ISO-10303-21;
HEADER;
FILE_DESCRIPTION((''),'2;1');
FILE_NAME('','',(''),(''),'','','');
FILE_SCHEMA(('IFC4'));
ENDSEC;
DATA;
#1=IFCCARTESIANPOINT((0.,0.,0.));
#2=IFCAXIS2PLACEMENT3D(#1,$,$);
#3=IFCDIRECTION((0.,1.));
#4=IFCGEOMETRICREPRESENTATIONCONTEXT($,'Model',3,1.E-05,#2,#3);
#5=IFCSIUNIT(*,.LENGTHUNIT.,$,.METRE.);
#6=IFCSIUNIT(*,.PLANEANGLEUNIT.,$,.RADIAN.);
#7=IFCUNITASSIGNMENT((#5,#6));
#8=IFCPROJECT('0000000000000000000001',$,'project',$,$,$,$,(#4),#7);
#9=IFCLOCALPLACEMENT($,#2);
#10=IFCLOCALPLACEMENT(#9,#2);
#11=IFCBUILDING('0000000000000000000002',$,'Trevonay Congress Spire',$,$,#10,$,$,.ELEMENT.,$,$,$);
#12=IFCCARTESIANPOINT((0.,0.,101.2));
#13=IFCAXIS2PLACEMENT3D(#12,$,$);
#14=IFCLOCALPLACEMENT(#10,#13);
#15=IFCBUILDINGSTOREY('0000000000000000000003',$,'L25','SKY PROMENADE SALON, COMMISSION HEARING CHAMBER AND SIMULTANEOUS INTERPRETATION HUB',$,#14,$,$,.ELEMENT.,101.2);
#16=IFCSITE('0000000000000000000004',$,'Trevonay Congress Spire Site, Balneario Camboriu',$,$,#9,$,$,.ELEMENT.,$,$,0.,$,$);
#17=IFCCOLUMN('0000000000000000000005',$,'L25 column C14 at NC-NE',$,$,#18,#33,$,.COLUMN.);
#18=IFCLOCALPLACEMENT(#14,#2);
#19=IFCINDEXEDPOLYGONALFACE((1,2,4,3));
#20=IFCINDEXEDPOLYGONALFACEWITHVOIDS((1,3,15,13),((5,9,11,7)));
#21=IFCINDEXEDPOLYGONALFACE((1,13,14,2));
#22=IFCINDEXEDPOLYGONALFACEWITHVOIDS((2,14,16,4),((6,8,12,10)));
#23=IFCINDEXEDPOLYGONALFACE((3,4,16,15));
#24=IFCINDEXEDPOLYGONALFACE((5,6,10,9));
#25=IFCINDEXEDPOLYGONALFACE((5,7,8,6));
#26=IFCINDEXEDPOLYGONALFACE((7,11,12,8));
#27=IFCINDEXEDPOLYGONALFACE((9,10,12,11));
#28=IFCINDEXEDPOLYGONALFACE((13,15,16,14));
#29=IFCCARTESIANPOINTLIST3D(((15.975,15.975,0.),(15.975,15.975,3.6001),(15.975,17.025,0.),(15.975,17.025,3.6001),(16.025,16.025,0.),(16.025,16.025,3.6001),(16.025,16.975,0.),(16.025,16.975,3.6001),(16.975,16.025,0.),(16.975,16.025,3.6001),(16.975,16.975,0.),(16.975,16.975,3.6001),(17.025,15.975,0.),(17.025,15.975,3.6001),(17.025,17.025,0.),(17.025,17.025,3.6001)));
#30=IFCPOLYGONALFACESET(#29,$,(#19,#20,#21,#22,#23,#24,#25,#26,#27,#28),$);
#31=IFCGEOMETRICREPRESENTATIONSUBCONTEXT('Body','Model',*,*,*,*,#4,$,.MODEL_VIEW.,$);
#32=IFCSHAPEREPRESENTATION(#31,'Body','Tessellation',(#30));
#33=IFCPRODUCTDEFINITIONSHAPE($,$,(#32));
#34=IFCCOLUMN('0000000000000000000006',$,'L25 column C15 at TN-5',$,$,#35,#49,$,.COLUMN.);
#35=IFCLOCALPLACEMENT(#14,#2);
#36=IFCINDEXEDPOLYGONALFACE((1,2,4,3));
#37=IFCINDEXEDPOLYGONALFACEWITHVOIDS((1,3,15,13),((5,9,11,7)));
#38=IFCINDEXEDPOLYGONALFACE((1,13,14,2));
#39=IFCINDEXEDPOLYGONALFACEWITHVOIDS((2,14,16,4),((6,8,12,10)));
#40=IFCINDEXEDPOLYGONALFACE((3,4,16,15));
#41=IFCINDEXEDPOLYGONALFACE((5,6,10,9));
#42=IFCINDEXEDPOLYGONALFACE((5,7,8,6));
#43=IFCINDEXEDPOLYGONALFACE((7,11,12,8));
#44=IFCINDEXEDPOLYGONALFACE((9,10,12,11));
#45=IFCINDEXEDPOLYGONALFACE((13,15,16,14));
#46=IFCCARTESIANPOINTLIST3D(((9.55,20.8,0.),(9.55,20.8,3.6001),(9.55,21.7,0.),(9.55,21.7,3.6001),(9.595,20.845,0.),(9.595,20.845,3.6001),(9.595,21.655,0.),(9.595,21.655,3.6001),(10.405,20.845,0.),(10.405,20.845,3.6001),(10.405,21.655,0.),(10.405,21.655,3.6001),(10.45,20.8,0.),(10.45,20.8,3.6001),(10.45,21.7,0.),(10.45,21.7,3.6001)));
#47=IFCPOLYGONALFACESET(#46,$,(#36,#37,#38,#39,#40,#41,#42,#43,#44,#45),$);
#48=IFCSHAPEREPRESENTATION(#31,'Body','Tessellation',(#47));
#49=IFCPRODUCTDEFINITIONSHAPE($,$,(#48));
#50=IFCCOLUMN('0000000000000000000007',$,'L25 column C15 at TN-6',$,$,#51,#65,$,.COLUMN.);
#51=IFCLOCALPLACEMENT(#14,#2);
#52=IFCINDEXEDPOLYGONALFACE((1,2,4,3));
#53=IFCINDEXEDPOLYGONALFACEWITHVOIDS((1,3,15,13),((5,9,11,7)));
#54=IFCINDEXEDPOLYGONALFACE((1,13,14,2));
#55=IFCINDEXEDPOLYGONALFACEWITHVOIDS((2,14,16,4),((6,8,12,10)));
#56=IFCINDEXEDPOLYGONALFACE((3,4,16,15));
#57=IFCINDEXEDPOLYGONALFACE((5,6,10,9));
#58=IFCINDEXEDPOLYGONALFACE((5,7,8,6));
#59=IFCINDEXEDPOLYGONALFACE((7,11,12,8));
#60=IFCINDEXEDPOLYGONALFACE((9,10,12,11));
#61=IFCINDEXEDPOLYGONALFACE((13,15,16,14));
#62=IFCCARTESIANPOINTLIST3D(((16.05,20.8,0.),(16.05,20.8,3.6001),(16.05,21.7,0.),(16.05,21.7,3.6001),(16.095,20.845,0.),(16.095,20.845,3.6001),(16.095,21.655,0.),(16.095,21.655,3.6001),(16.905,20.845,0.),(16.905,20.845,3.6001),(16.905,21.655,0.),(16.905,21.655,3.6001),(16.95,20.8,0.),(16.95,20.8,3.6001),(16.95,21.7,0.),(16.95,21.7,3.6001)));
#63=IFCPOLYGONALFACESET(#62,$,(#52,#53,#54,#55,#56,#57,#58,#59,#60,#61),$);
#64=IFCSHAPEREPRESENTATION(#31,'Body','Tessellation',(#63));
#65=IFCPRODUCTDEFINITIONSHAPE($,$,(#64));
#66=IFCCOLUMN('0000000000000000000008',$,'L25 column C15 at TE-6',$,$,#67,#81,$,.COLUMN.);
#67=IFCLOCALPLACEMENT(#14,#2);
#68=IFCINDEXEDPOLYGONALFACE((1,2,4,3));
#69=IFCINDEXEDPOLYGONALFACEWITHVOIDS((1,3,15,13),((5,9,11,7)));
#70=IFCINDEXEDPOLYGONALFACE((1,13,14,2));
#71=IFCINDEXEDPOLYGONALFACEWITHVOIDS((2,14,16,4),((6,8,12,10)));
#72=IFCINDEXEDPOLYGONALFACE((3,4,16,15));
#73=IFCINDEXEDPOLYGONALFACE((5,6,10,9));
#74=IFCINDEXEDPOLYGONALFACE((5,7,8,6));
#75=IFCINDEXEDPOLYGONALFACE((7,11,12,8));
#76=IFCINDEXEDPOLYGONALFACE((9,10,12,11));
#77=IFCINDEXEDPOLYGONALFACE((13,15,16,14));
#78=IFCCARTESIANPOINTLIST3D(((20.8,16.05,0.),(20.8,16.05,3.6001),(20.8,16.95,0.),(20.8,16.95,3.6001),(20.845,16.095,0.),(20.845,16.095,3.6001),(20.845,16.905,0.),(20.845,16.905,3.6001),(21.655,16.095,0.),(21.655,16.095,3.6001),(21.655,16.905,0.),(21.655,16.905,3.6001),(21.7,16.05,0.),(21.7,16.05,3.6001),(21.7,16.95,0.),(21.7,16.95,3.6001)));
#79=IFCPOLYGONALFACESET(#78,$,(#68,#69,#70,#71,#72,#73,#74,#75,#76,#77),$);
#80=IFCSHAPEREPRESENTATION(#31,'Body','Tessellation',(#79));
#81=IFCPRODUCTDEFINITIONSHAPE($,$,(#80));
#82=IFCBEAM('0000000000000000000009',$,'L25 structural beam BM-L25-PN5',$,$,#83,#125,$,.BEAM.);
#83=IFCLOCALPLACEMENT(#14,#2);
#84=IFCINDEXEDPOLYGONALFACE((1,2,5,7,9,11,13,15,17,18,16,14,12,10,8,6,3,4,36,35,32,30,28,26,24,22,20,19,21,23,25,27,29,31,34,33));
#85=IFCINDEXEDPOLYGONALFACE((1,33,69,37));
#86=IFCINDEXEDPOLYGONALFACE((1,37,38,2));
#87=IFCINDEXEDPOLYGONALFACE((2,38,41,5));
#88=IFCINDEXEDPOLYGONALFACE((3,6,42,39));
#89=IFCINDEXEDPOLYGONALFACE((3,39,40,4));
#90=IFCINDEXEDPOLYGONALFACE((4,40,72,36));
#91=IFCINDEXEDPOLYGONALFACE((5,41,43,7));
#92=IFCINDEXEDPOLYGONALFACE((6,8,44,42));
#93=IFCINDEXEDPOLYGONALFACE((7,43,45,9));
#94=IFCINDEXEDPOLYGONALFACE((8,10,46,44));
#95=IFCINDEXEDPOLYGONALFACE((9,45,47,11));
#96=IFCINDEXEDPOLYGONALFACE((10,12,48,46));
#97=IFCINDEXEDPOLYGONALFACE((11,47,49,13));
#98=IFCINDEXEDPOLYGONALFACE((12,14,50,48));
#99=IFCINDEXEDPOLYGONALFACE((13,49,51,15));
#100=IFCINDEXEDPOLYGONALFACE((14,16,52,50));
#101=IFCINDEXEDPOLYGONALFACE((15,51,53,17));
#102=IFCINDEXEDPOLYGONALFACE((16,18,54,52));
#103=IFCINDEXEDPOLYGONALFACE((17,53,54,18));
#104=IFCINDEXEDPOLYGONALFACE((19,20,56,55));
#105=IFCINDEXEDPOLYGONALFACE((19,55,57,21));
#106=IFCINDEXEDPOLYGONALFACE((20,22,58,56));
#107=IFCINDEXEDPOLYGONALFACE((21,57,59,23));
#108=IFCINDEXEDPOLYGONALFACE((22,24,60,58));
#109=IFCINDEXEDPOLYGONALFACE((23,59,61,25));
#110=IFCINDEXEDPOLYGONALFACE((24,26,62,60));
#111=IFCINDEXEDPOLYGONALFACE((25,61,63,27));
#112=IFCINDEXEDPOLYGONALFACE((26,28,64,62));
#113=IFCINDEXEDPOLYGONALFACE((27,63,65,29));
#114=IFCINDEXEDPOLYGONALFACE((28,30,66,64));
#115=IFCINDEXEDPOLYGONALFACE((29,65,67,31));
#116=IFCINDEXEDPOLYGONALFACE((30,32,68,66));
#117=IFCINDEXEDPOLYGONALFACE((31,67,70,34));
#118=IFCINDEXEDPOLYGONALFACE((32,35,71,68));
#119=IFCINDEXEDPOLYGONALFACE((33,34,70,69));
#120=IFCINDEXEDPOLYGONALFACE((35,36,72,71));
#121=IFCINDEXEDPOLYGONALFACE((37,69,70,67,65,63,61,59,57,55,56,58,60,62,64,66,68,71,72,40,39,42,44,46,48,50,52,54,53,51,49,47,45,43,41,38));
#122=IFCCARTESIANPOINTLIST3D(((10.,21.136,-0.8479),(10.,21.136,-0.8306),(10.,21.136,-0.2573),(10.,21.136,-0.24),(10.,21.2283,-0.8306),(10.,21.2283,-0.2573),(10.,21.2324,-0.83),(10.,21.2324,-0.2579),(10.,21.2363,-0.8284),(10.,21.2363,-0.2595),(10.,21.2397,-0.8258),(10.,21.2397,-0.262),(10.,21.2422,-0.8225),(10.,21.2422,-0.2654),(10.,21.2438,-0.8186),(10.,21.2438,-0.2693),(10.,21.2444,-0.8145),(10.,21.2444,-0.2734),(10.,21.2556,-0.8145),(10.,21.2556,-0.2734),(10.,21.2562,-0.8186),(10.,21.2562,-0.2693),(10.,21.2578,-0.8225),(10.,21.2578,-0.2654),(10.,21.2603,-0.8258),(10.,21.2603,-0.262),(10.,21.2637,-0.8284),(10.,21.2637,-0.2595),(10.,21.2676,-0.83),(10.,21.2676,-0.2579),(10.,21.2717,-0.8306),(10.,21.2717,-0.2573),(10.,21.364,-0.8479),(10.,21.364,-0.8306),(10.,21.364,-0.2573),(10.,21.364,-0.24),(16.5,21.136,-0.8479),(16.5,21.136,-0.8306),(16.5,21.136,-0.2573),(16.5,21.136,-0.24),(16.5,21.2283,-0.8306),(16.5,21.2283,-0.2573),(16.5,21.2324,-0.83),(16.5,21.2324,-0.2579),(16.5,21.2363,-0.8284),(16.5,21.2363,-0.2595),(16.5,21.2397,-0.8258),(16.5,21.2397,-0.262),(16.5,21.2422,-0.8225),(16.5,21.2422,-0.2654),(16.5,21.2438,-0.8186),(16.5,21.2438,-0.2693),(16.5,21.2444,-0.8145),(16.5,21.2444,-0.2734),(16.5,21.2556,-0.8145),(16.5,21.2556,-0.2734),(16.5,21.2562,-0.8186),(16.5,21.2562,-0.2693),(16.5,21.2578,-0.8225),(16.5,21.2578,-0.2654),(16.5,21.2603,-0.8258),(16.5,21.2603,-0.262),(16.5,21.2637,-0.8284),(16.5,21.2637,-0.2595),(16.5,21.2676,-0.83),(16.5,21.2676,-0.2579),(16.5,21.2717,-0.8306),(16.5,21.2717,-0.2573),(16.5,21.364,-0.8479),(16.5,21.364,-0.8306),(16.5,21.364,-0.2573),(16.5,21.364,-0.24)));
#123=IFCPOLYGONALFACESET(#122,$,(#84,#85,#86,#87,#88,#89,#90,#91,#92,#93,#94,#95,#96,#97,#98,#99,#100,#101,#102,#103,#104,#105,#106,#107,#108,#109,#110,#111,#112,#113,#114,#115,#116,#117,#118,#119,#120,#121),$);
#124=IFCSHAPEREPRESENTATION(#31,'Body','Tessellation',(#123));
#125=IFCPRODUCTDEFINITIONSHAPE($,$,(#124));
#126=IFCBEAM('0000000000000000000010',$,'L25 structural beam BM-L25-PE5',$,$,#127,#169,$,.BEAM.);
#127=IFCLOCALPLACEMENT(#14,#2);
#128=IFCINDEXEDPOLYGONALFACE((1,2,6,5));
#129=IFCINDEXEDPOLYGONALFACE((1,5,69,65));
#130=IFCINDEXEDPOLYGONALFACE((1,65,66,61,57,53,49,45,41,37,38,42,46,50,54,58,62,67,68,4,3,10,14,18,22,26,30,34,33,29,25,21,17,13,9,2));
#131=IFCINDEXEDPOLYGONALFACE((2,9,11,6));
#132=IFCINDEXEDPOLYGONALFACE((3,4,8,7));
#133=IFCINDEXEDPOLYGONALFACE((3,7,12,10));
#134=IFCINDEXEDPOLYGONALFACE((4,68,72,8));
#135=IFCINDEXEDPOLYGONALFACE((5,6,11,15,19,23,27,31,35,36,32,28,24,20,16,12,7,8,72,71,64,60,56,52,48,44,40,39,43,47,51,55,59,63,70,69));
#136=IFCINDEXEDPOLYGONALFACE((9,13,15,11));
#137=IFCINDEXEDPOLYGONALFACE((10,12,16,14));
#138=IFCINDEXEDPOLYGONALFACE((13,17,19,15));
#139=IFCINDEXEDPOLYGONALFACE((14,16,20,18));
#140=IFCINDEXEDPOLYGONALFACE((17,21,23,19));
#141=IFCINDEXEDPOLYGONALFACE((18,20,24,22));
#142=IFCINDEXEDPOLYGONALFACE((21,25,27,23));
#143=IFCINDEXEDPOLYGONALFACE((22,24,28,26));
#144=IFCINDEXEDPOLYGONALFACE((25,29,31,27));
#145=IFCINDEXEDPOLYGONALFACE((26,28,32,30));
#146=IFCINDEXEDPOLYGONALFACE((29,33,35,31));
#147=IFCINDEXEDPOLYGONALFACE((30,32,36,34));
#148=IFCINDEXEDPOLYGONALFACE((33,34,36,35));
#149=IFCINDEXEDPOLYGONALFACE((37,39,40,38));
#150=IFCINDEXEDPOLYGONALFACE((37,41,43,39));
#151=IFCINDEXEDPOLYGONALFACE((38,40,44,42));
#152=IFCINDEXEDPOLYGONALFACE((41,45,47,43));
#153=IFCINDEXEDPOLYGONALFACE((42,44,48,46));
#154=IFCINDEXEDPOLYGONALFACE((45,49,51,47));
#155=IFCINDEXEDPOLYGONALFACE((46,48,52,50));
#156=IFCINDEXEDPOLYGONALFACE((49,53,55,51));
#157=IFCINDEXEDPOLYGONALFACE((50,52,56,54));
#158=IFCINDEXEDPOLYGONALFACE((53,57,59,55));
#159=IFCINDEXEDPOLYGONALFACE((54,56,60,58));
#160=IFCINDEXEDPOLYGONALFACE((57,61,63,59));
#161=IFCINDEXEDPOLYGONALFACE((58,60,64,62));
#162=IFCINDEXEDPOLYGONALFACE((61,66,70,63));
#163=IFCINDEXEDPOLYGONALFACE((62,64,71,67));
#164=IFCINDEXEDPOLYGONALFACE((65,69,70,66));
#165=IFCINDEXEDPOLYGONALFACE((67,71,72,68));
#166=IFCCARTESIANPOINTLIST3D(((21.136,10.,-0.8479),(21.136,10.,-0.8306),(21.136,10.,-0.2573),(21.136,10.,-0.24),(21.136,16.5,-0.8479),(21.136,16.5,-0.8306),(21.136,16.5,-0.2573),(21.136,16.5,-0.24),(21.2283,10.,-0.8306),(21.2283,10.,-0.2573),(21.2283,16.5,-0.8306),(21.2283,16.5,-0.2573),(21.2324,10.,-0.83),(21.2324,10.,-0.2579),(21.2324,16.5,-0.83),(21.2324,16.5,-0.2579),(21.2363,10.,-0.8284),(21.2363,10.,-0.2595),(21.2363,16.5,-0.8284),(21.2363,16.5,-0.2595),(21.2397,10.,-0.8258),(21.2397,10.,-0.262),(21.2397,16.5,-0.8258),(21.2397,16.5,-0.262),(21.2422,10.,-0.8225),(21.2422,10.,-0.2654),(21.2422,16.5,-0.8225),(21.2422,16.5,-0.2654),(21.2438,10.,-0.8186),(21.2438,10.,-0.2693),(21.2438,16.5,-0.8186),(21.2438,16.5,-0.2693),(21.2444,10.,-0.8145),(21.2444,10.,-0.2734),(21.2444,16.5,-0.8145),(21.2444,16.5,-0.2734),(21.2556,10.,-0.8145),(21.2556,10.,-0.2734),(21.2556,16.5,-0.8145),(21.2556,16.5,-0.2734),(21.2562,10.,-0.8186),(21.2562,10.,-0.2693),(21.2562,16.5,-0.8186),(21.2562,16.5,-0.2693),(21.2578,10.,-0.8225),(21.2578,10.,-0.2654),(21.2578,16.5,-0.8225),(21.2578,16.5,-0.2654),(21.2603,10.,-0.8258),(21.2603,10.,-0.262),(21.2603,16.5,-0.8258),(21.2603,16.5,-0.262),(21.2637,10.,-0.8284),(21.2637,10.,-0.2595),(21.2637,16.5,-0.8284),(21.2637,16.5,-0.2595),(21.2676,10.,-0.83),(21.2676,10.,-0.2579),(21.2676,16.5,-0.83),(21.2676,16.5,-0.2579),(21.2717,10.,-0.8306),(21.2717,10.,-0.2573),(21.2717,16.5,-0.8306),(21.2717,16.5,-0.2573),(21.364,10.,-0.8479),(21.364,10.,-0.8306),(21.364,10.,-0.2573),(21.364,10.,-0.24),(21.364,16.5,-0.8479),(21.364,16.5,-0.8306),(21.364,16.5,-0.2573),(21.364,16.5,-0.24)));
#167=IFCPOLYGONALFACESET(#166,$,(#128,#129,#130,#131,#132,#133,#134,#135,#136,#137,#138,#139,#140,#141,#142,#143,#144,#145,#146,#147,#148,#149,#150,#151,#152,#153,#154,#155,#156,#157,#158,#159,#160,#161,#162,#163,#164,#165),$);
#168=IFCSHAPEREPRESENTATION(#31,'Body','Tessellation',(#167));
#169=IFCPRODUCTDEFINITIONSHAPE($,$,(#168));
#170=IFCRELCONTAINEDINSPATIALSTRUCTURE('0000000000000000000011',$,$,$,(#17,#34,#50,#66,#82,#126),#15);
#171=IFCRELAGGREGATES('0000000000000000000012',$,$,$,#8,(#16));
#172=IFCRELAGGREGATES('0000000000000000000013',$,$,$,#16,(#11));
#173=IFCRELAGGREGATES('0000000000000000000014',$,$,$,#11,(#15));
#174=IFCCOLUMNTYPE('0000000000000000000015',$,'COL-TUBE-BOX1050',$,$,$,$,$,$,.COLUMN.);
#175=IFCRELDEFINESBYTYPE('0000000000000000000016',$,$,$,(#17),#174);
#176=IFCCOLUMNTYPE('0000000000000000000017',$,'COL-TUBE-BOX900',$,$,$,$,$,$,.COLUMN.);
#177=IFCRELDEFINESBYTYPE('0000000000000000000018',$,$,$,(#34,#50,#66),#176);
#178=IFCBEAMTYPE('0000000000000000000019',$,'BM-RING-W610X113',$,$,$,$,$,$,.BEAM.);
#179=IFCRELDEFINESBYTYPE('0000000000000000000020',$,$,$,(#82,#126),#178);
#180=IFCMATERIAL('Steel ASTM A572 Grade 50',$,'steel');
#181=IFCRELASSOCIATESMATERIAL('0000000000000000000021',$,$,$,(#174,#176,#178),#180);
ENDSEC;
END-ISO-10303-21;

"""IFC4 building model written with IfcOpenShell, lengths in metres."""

from ifc_helpers import new_model, si_unit, direction, frame, origin, origin_2d, place, context, subcontext, project, spatial, hollow_rectangle, i_section, extrude, material, material_profile, profile_set, type_object, element, save


model = new_model("IFC4")

# Units and contexts
model_context = context("Model", 3, precision=1e-05, world=origin(), true_north=direction((0.0, 1.0)))
body_context = subcontext(model_context, "Body", "Model", "MODEL_VIEW")
ifc_project = project(units=[si_unit("LENGTHUNIT", "METRE"), si_unit("PLANEANGLEUNIT", "RADIAN")], contexts=[model_context])

# Site, building, storey
site_placement = place(None, origin())
site = spatial("IfcSite", under=ifc_project, at=site_placement, Name="Trevonay Congress Spire Site, Balneario Camboriu", CompositionType="ELEMENT", RefElevation=0.0)
building_placement = place(site_placement, origin())
building = spatial("IfcBuilding", under=site, at=building_placement, Name="Trevonay Congress Spire", CompositionType="ELEMENT")
storey_placement = place(building_placement, frame((0.0, 0.0, 101.2)))
storey = spatial("IfcBuildingStorey", under=building, at=storey_placement, Name="L25", Description="SKY PROMENADE SALON, COMMISSION HEARING CHAMBER AND SIMULTANEOUS INTERPRETATION HUB", CompositionType="ELEMENT", Elevation=101.2)

# Columns
ifc_material_1 = material(Name="Steel ASTM A572 Grade 50", Category="steel")
ifc_material_profile_1 = material_profile(ifc_material_1, hollow_rectangle(XDim=1.05, YDim=1.05, WallThickness=0.05, at=origin_2d()), Name="BOX 1050x1050x50")
ifc_profile_set_1 = profile_set([ifc_material_profile_1], Name="Steel ASTM A572 Grade 50")
column_type_1 = type_object("IfcColumnType", Name="COL-TUBE-BOX1050", PredefinedType="COLUMN", material=ifc_profile_set_1)
column_placement = place(storey_placement, frame((16.5, 16.5, 0.0), z_axis=(0.0, 0.0, 1.0), x_axis=(1.0, 0.0, 0.0)))
element("IfcColumn", 1, at=column_placement, inside=storey, type_object=column_type_1, Name="L25 column C14 at NC-NE", PredefinedType="COLUMN", context=body_context, shape_type="SweptSolid", body=[
    extrude(hollow_rectangle(XDim=1.05, YDim=1.05, WallThickness=0.05, at=origin_2d()), origin(), (0.0, 0.0, 1.0), 3.6001),
])
ifc_material_profile_2 = material_profile(ifc_material_1, hollow_rectangle(XDim=0.8999, YDim=0.8999, WallThickness=0.0449, at=origin_2d()), Name="BOX 900x900x45")
ifc_profile_set_2 = profile_set([ifc_material_profile_2], Name="Steel ASTM A572 Grade 50")
column_type_2 = type_object("IfcColumnType", Name="COL-TUBE-BOX900", PredefinedType="COLUMN", material=ifc_profile_set_2)
for number, where, z_axis, x_axis, name in (
    (2, (10.0, 21.25, 0.0), (0.0, 0.0, 1.0), (1.0, 0.0, 0.0), "L25 column C15 at TN-5"),
    (3, (16.5, 21.25, 0.0), (0.0, 0.0, 1.0), (1.0, 0.0, 0.0), "L25 column C15 at TN-6"),
    (4, (21.25, 16.5, 0.0), (0.0, 0.0, 1.0), (1.0, 0.0, 0.0), "L25 column C15 at TE-6"),
):
    element("IfcColumn", number, at=place(storey_placement, frame(where, z_axis=z_axis, x_axis=x_axis)), inside=storey, type_object=column_type_2, Name=name, PredefinedType="COLUMN", context=body_context, shape_type="SweptSolid", body=[
        extrude(hollow_rectangle(XDim=0.8999, YDim=0.8999, WallThickness=0.0449, at=origin_2d()), origin(), (0.0, 0.0, 1.0), 3.6001),
    ])

# Beams
ifc_material_profile_3 = material_profile(ifc_material_1, i_section(OverallWidth=0.228, OverallDepth=0.6079, WebThickness=0.0112, FlangeThickness=0.0173, FilletRadius=0.0161, at=origin_2d()), Name="W610x113")
ifc_profile_set_3 = profile_set([ifc_material_profile_3], Name="Steel ASTM A572 Grade 50")
beam_type = type_object("IfcBeamType", Name="BM-RING-W610X113", PredefinedType="BEAM", material=ifc_profile_set_3)
for number, where, z_axis, x_axis, name in (
    (5, (10.0, 21.25, -0.5439), (1.0, 0.0, 0.0), (0.0, 1.0, 0.0), "L25 structural beam BM-L25-PN5"),
    (6, (21.25, 10.0, -0.5439), (0.0, 1.0, 0.0), (-1.0, 0.0, 0.0), "L25 structural beam BM-L25-PE5"),
):
    element("IfcBeam", number, at=place(storey_placement, frame(where, z_axis=z_axis, x_axis=x_axis)), inside=storey, type_object=beam_type, Name=name, PredefinedType="BEAM", context=body_context, shape_type="SweptSolid", body=[
        extrude(i_section(OverallWidth=0.228, OverallDepth=0.6079, WebThickness=0.0112, FlangeThickness=0.0173, FilletRadius=0.0161, at=origin_2d()), origin(), (0.0, 0.0, 1.0), 6.5),
    ])

save(model, "model.ifc")
